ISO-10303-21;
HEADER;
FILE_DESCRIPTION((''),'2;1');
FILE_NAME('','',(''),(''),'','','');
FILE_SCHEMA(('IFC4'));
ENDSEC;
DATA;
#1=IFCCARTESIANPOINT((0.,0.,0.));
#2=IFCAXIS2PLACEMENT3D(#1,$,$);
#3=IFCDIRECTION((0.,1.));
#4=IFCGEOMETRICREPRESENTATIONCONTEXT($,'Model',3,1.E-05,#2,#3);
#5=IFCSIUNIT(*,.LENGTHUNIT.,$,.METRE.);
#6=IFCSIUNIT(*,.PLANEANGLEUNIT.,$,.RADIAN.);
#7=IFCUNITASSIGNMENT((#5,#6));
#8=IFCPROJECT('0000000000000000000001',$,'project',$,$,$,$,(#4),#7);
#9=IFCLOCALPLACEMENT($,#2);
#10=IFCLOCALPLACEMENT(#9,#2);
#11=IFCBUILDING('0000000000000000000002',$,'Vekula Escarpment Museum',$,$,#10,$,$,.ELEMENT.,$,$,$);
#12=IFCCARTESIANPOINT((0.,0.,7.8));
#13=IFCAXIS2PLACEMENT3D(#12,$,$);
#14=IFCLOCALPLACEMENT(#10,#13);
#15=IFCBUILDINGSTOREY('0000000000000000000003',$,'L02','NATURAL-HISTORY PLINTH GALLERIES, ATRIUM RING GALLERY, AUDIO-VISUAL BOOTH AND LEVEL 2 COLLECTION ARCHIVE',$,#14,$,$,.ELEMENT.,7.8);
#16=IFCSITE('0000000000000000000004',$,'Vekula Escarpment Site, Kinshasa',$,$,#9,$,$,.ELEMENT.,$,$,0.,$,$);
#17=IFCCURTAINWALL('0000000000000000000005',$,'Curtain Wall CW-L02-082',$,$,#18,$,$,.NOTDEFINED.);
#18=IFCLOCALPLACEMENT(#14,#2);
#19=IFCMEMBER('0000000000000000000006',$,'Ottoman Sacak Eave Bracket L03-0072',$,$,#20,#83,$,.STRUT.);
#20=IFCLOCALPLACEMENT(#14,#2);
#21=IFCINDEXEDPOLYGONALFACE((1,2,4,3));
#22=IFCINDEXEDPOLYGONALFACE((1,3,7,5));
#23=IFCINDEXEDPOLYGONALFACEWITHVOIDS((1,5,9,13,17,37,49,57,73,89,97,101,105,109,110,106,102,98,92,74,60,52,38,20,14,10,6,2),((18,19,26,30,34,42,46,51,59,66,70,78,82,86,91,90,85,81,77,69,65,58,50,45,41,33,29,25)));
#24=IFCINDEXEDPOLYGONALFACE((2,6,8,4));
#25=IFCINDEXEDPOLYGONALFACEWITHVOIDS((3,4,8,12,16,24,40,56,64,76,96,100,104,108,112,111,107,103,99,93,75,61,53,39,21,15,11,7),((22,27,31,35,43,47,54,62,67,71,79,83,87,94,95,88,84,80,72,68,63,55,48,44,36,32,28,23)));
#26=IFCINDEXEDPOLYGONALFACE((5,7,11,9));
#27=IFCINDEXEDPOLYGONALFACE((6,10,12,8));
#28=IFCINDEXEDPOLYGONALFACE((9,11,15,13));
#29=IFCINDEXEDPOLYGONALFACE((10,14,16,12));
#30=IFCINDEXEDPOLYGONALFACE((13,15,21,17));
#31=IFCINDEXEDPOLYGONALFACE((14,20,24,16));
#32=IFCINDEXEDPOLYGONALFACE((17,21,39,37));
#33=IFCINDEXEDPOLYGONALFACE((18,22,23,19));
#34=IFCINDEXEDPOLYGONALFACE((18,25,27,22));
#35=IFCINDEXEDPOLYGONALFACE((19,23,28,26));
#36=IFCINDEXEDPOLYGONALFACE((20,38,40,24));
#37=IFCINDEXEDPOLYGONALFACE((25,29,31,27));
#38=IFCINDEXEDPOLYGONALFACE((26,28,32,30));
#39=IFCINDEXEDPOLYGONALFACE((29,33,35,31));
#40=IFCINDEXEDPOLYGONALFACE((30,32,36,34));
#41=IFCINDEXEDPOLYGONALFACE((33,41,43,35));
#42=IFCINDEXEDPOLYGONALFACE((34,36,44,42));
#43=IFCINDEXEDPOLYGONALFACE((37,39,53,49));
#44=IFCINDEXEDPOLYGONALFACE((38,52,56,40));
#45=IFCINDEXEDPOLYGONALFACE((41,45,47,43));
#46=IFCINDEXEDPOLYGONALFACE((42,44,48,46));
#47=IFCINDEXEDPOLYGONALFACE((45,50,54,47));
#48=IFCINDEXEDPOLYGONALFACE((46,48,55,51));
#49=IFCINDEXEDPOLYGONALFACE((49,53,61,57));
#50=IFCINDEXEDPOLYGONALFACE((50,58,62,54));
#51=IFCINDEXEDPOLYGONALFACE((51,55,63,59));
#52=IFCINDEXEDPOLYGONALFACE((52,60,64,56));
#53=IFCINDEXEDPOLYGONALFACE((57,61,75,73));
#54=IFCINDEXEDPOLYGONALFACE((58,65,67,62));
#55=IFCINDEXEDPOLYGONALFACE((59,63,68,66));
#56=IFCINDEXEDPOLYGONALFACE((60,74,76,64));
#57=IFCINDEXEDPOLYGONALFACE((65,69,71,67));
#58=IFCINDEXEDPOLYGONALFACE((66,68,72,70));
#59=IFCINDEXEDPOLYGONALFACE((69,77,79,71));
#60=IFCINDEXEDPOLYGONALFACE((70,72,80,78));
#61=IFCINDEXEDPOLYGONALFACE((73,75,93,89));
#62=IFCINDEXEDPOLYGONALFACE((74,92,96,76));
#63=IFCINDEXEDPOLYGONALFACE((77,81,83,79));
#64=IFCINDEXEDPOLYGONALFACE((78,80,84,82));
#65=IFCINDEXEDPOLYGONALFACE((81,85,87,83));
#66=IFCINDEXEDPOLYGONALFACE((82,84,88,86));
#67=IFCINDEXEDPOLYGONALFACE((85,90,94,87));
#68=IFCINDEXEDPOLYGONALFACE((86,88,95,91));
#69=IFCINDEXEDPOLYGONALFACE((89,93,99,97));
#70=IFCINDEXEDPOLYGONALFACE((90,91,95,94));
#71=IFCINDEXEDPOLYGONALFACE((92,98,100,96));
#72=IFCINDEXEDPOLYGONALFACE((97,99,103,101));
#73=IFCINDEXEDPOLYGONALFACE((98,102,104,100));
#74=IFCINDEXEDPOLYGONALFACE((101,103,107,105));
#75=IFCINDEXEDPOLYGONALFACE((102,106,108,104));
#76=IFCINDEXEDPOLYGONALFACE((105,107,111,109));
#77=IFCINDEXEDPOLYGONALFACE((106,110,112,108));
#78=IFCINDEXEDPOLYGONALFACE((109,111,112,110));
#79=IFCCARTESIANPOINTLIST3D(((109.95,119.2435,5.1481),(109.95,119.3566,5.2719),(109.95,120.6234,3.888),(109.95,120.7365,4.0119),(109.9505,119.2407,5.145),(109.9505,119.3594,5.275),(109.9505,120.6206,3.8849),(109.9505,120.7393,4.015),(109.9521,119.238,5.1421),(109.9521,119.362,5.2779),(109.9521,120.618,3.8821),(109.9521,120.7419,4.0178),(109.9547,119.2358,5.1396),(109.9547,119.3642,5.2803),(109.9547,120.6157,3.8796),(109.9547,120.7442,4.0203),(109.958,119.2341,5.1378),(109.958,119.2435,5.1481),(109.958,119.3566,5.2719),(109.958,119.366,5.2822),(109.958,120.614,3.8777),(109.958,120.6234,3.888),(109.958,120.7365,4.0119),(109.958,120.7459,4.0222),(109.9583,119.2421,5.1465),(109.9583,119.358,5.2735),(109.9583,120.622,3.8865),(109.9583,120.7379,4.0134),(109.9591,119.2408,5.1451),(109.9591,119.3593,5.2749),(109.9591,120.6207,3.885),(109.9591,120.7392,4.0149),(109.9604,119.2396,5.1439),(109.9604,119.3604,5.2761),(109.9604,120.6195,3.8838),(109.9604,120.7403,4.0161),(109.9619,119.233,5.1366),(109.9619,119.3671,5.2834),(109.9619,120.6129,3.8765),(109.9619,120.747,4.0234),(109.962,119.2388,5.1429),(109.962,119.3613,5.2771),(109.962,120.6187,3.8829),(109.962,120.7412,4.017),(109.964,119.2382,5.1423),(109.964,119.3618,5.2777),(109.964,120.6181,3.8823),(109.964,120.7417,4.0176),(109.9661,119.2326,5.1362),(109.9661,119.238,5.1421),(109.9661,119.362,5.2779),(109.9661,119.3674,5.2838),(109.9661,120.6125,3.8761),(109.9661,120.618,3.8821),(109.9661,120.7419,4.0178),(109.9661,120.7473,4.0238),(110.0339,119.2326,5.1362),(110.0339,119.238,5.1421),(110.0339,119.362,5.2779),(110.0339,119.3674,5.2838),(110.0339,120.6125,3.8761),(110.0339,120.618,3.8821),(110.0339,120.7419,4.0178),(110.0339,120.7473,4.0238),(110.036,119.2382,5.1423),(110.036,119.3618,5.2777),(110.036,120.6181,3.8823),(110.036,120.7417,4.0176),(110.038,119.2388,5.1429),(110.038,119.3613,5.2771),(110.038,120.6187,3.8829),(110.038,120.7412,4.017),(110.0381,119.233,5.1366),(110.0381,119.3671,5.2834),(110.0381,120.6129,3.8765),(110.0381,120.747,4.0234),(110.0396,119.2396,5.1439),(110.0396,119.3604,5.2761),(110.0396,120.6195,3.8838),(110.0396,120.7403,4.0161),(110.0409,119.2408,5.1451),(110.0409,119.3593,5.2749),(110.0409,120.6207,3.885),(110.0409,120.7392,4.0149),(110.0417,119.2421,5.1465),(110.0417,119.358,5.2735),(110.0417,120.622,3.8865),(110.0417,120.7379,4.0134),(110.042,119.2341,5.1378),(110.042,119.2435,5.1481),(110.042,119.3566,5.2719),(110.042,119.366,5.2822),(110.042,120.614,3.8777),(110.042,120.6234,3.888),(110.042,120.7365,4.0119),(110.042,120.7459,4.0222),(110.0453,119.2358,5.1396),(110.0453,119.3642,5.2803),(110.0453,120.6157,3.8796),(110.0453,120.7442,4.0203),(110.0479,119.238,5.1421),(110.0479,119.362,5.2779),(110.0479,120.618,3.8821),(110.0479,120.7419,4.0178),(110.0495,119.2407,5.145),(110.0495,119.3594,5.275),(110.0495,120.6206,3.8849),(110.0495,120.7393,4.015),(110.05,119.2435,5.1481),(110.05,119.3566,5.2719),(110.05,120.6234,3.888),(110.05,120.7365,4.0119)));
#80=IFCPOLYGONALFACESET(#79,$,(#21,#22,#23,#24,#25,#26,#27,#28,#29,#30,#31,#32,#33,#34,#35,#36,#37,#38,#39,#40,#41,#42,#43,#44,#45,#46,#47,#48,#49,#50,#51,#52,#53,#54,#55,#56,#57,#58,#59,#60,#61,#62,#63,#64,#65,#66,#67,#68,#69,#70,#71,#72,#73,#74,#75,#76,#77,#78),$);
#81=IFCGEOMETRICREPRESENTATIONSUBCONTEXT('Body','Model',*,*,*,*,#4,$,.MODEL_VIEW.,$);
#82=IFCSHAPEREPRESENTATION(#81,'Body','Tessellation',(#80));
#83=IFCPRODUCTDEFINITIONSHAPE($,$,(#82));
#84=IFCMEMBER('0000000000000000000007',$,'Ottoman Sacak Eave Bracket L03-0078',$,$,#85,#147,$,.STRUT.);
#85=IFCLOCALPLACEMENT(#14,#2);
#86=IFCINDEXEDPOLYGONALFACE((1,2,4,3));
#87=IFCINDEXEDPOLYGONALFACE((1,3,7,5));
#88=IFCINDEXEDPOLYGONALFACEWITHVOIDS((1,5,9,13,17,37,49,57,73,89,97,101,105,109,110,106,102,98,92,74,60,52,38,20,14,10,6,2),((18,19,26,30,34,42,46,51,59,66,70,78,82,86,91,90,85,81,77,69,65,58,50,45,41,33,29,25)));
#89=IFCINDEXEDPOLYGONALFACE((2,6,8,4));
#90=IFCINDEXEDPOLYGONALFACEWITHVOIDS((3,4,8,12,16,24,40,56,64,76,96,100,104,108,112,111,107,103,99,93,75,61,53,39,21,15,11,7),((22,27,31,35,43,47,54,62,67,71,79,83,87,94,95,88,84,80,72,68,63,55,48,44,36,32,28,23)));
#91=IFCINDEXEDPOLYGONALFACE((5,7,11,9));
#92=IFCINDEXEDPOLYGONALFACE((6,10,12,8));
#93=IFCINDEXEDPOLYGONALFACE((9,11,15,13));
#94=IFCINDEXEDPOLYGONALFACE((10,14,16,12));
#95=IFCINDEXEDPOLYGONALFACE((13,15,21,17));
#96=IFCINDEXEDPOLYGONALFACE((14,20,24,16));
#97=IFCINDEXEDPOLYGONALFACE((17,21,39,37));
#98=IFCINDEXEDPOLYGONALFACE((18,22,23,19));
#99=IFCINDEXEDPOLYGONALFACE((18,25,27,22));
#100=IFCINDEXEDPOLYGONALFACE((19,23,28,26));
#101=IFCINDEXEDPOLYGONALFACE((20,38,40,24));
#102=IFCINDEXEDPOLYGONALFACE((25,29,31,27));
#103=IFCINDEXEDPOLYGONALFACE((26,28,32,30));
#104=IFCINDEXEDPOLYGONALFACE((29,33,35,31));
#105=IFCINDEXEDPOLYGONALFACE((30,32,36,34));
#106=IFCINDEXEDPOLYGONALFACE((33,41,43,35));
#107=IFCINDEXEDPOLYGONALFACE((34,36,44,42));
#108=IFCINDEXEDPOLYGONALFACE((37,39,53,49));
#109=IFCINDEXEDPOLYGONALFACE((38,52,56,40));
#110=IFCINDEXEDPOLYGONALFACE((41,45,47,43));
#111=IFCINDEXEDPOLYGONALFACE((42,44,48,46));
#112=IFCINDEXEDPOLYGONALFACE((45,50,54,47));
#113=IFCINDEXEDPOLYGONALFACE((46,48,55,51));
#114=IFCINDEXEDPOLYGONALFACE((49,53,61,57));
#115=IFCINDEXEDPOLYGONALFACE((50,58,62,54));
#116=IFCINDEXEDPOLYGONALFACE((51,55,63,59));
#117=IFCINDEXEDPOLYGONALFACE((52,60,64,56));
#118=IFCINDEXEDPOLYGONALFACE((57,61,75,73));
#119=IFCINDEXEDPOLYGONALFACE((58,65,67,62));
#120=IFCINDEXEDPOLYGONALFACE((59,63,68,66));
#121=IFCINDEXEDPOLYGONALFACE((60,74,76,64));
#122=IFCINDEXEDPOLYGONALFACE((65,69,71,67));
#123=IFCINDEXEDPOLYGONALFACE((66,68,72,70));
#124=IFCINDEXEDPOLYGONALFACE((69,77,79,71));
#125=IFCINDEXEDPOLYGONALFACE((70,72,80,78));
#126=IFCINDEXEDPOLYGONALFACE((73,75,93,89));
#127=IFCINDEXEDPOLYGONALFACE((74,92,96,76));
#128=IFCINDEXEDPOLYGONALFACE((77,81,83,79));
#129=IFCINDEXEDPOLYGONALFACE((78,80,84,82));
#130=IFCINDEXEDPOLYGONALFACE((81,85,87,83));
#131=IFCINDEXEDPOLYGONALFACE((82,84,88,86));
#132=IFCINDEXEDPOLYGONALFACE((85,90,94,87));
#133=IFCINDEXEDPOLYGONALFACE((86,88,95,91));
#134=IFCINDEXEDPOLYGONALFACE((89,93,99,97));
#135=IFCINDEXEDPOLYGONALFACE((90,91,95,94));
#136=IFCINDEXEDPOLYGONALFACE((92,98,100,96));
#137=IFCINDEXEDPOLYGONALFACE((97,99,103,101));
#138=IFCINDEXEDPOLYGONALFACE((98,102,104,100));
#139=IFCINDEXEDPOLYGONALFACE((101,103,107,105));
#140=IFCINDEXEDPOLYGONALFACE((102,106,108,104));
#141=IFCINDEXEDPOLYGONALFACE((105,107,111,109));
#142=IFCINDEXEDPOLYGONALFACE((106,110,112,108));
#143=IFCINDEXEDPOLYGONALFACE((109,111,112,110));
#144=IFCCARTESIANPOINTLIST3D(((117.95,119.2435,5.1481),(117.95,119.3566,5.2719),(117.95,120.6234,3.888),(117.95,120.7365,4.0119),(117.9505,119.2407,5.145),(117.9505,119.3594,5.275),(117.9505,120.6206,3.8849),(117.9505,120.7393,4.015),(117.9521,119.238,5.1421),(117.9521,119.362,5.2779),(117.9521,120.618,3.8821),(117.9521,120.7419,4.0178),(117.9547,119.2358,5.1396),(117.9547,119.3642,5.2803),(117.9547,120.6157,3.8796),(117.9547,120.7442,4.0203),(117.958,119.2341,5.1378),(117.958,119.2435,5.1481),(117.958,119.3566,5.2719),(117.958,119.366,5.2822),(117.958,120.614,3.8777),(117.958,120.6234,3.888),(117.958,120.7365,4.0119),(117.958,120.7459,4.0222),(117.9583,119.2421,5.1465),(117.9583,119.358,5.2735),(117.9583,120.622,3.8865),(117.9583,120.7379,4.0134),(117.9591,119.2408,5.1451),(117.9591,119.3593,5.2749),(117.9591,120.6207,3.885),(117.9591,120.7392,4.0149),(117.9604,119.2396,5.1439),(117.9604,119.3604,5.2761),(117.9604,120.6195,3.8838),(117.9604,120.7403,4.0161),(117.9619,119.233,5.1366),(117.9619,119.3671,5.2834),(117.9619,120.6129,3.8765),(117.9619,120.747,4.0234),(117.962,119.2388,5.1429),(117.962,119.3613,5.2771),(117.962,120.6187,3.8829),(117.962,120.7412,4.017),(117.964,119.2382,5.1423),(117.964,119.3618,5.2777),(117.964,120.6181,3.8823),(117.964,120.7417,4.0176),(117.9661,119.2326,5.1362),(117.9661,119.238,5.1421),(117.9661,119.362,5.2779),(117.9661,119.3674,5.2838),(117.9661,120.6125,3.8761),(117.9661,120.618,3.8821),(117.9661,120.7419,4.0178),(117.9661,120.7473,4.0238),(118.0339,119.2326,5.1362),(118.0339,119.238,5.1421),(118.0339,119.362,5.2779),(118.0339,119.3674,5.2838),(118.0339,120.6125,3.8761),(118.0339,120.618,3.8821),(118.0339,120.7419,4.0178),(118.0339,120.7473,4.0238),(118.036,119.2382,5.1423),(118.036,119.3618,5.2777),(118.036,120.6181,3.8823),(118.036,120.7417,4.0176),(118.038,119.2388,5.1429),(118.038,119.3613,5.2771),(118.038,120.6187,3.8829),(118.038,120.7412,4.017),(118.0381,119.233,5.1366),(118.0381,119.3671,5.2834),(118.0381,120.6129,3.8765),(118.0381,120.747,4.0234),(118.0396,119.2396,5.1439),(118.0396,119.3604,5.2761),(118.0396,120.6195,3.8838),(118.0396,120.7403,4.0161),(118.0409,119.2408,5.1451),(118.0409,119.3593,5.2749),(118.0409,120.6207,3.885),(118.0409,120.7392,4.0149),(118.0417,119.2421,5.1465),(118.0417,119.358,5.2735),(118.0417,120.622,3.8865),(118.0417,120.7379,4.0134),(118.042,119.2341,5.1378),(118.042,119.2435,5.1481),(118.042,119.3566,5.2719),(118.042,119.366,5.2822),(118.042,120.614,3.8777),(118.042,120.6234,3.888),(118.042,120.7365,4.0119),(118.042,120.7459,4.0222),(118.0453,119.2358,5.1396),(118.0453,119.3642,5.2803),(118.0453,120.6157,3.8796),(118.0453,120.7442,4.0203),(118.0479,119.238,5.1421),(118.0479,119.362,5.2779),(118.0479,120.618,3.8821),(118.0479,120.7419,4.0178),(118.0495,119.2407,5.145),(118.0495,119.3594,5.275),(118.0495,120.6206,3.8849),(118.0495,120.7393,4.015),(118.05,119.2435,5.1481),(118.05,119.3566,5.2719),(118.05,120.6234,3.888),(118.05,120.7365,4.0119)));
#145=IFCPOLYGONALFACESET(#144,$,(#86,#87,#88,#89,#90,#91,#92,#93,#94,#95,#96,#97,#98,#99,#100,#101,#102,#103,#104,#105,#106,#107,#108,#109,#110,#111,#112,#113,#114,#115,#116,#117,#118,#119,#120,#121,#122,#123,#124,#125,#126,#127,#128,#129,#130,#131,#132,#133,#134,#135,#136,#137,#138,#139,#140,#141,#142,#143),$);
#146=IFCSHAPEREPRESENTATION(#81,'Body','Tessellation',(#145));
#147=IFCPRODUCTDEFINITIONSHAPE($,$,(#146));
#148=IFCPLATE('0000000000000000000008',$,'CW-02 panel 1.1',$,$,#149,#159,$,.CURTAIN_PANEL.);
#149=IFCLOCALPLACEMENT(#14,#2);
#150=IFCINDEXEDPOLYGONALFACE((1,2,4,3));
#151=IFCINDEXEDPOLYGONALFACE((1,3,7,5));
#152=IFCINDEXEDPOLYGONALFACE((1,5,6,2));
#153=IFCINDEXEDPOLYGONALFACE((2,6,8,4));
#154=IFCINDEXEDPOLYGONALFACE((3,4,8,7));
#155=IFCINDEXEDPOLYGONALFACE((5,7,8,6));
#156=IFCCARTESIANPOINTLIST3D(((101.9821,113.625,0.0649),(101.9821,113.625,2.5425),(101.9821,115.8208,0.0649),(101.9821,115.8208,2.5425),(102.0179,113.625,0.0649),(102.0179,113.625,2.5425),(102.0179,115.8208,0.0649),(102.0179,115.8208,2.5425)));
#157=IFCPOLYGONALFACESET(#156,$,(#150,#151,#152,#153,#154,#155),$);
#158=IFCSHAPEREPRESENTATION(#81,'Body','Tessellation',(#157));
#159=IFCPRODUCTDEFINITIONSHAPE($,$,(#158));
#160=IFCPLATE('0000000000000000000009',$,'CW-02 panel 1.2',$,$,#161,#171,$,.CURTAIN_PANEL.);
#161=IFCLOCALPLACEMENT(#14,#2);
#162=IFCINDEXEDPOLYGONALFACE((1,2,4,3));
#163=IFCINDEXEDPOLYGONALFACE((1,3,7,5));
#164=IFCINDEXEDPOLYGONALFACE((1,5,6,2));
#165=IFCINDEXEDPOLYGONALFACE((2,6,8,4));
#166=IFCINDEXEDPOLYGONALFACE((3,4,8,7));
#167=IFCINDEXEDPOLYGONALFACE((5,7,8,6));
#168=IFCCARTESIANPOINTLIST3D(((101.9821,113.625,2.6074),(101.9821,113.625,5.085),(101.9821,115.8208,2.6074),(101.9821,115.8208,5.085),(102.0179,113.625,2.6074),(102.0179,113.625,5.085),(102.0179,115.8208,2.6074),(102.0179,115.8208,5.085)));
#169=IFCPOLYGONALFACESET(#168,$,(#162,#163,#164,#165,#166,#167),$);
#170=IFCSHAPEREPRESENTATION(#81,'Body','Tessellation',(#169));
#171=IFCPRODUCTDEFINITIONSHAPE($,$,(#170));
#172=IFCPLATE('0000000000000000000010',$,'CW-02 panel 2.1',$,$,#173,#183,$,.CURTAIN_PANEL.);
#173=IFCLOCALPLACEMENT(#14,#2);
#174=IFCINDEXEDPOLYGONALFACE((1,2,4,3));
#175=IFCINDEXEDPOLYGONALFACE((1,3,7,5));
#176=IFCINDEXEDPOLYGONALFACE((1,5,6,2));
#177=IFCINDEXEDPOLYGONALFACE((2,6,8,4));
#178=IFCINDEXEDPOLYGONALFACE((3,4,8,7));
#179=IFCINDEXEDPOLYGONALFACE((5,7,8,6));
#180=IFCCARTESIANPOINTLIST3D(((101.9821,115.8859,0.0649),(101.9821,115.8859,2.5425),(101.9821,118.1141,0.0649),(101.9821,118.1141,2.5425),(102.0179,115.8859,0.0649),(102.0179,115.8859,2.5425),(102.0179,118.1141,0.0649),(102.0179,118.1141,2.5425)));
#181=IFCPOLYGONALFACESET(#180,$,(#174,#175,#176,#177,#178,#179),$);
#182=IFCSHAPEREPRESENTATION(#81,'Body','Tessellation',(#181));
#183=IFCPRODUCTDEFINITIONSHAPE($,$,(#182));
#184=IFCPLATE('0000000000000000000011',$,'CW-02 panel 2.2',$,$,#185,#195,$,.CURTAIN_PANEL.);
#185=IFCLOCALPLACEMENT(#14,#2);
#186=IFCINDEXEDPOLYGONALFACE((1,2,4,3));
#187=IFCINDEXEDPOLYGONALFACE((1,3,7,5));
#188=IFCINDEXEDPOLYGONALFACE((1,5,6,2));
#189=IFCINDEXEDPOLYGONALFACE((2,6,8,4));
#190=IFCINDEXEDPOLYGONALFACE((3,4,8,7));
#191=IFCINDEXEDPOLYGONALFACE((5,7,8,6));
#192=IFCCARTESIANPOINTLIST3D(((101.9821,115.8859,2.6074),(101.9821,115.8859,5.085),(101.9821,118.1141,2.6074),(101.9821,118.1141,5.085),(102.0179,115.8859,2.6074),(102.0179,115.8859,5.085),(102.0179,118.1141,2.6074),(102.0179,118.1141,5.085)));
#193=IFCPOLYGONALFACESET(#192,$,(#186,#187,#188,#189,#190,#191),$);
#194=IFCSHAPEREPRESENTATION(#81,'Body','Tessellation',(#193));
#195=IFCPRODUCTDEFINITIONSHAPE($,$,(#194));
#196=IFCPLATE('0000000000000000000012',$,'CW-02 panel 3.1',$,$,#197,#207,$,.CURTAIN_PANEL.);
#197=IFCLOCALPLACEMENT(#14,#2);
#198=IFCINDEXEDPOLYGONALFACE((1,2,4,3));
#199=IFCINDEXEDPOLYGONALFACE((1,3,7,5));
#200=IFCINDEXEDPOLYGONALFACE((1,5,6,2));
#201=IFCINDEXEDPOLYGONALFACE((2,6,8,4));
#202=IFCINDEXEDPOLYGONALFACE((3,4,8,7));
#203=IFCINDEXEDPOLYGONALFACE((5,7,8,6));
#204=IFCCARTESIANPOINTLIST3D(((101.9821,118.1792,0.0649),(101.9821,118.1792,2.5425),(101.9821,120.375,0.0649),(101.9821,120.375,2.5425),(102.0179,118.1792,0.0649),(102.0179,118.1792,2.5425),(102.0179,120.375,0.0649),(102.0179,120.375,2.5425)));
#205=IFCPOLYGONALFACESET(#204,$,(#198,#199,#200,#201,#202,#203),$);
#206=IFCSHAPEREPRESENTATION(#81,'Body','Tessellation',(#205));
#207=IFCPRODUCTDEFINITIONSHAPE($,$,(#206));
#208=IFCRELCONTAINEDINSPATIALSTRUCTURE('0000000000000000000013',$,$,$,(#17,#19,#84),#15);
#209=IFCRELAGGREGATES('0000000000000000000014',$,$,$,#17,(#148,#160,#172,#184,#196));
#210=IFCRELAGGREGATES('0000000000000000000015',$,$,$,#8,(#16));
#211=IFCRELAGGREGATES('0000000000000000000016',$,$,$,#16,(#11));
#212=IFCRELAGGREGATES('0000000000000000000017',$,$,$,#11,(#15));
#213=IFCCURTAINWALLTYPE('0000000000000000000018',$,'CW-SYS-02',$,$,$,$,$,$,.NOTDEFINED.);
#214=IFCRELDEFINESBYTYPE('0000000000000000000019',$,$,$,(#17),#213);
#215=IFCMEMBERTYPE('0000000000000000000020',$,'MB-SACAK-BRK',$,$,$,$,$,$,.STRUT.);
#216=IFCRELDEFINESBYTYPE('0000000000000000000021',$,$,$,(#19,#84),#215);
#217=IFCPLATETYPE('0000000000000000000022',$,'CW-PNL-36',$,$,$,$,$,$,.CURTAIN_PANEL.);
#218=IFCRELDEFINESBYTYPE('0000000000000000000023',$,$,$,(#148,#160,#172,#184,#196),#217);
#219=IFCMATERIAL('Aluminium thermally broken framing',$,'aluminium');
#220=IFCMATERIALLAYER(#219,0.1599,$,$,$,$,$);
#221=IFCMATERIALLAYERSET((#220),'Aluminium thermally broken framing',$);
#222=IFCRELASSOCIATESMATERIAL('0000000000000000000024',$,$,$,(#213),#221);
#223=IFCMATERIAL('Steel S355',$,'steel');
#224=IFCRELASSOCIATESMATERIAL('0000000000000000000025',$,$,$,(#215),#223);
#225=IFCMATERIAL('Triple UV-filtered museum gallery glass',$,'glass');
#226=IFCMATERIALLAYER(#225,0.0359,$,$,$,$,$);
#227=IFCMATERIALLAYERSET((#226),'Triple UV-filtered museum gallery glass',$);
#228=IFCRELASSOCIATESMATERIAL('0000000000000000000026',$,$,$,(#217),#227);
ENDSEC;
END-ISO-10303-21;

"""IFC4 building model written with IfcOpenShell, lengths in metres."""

from ifc_helpers import new_model, si_unit, direction, frame, origin, origin_2d, place, context, subcontext, project, spatial, rectangle, hollow_rectangle, extrude, material, layer, layer_set, material_profile, profile_set, type_object, element, aggregate, save


model = new_model("IFC4")

# Units and contexts
model_context = context("Model", 3, precision=1e-05, world=origin(), true_north=direction((0.0, 1.0)))
body_context = subcontext(model_context, "Body", "Model", "MODEL_VIEW")
ifc_project = project(units=[si_unit("LENGTHUNIT", "METRE"), si_unit("PLANEANGLEUNIT", "RADIAN")], contexts=[model_context])

# Site, building, storey
site_placement = place(None, origin())
site = spatial("IfcSite", under=ifc_project, at=site_placement, Name="Vekula Escarpment Site, Kinshasa", CompositionType="ELEMENT", RefElevation=0.0)
building_placement = place(site_placement, origin())
building = spatial("IfcBuilding", under=site, at=building_placement, Name="Vekula Escarpment Museum", CompositionType="ELEMENT")
storey_placement = place(building_placement, frame((0.0, 0.0, 7.8)))
storey = spatial("IfcBuildingStorey", under=building, at=storey_placement, Name="L02", Description="NATURAL-HISTORY PLINTH GALLERIES, ATRIUM RING GALLERY, AUDIO-VISUAL BOOTH AND LEVEL 2 COLLECTION ARCHIVE", CompositionType="ELEMENT", Elevation=7.8)

# Curtain wall
ifc_material_1 = material(Name="Aluminium thermally broken framing", Category="aluminium")
ifc_layer_1 = layer(ifc_material_1, 0.1599)
ifc_layer_set_1 = layer_set([ifc_layer_1], Name="Aluminium thermally broken framing")
curtain_wall_type = type_object("IfcCurtainWallType", Name="CW-SYS-02", PredefinedType="NOTDEFINED", material=ifc_layer_set_1)
curtain_wall_placement = place(storey_placement, origin())
curtain_wall = element("IfcCurtainWall", 1, at=curtain_wall_placement, inside=storey, type_object=curtain_wall_type, Name="Curtain Wall CW-L02-082", PredefinedType="NOTDEFINED")

# Members
ifc_material_2 = material(Name="Steel S355", Category="steel")
ifc_material_profile_1 = material_profile(ifc_material_2, hollow_rectangle(XDim=0.1001, YDim=0.2, WallThickness=0.0081, InnerFilletRadius=0.0081, OuterFilletRadius=0.0161, at=origin_2d()), Name="RHS 200x100x8")
ifc_profile_set_1 = profile_set([ifc_material_profile_1], Name="Steel S355")
member_type_1 = type_object("IfcMemberType", Name="MB-SACAK-BRK", PredefinedType="STRUT", material=ifc_profile_set_1)
for number, where, z_axis, x_axis, name in (
    (2, (110.0, 120.6799, 3.95), (0.0, -0.738454, 0.674303), (1.0, 0.0, 0.0), "Ottoman Sacak Eave Bracket L03-0072"),
    (3, (118.0, 120.6799, 3.95), (0.0, -0.738454, 0.674303), (1.0, 0.0, 0.0), "Ottoman Sacak Eave Bracket L03-0078"),
):
    element("IfcMember", number, at=place(storey_placement, frame(where, z_axis=z_axis, x_axis=x_axis)), inside=storey, type_object=member_type_1, Name=name, PredefinedType="STRUT", context=body_context, shape_type="SweptSolid", body=[
        extrude(hollow_rectangle(XDim=0.1001, YDim=0.2, WallThickness=0.0081, InnerFilletRadius=0.0081, OuterFilletRadius=0.0161, at=origin_2d()), origin(), (0.0, 0.0, 1.0), 1.8687),
    ])

# Plates
ifc_material_3 = material(Name="Triple UV-filtered museum gallery glass", Category="glass")
ifc_layer_2 = layer(ifc_material_3, 0.0359)
ifc_layer_set_2 = layer_set([ifc_layer_2], Name="Triple UV-filtered museum gallery glass")
plate_type_1 = type_object("IfcPlateType", Name="CW-PNL-36", PredefinedType="CURTAIN_PANEL", material=ifc_layer_set_2)
plate_1_placement = place(storey_placement, frame((102.0, 114.7229, 0.0649), z_axis=(0.0, 0.0, 1.0), x_axis=(0.0, 1.0, 0.0)))
plate_1 = element("IfcPlate", 4, at=plate_1_placement, type_object=plate_type_1, Name="CW-02 panel 1.1", PredefinedType="CURTAIN_PANEL", context=body_context, shape_type="SweptSolid", body=[
    extrude(rectangle(XDim=2.1958, YDim=0.0359, at=origin_2d()), origin(), (0.0, 0.0, 1.0), 2.4775),
])
plate_2_placement = place(storey_placement, frame((102.0, 114.7229, 2.6074), z_axis=(0.0, 0.0, 1.0), x_axis=(0.0, 1.0, 0.0)))
plate_2 = element("IfcPlate", 5, at=plate_2_placement, type_object=plate_type_1, Name="CW-02 panel 1.2", PredefinedType="CURTAIN_PANEL", context=body_context, shape_type="SweptSolid", body=[
    extrude(rectangle(XDim=2.1958, YDim=0.0359, at=origin_2d()), origin(), (0.0, 0.0, 1.0), 2.4775),
])
plate_3_placement = place(storey_placement, frame((102.0, 117.0, 0.0649), z_axis=(0.0, 0.0, 1.0), x_axis=(0.0, 1.0, 0.0)))
plate_3 = element("IfcPlate", 6, at=plate_3_placement, type_object=plate_type_1, Name="CW-02 panel 2.1", PredefinedType="CURTAIN_PANEL", context=body_context, shape_type="SweptSolid", body=[
    extrude(rectangle(XDim=2.2283, YDim=0.0359, at=origin_2d()), origin(), (0.0, 0.0, 1.0), 2.4775),
])
plate_4_placement = place(storey_placement, frame((102.0, 117.0, 2.6074), z_axis=(0.0, 0.0, 1.0), x_axis=(0.0, 1.0, 0.0)))
plate_4 = element("IfcPlate", 7, at=plate_4_placement, type_object=plate_type_1, Name="CW-02 panel 2.2", PredefinedType="CURTAIN_PANEL", context=body_context, shape_type="SweptSolid", body=[
    extrude(rectangle(XDim=2.2283, YDim=0.0359, at=origin_2d()), origin(), (0.0, 0.0, 1.0), 2.4775),
])
plate_5_placement = place(storey_placement, frame((102.0, 119.2771, 0.0649), z_axis=(0.0, 0.0, 1.0), x_axis=(0.0, 1.0, 0.0)))
plate_5 = element("IfcPlate", 8, at=plate_5_placement, type_object=plate_type_1, Name="CW-02 panel 3.1", PredefinedType="CURTAIN_PANEL", context=body_context, shape_type="SweptSolid", body=[
    extrude(rectangle(XDim=2.1958, YDim=0.0359, at=origin_2d()), origin(), (0.0, 0.0, 1.0), 2.4775),
])
aggregate(curtain_wall, [plate_1, plate_2, plate_3, plate_4, plate_5])

save(model, "model.ifc")
